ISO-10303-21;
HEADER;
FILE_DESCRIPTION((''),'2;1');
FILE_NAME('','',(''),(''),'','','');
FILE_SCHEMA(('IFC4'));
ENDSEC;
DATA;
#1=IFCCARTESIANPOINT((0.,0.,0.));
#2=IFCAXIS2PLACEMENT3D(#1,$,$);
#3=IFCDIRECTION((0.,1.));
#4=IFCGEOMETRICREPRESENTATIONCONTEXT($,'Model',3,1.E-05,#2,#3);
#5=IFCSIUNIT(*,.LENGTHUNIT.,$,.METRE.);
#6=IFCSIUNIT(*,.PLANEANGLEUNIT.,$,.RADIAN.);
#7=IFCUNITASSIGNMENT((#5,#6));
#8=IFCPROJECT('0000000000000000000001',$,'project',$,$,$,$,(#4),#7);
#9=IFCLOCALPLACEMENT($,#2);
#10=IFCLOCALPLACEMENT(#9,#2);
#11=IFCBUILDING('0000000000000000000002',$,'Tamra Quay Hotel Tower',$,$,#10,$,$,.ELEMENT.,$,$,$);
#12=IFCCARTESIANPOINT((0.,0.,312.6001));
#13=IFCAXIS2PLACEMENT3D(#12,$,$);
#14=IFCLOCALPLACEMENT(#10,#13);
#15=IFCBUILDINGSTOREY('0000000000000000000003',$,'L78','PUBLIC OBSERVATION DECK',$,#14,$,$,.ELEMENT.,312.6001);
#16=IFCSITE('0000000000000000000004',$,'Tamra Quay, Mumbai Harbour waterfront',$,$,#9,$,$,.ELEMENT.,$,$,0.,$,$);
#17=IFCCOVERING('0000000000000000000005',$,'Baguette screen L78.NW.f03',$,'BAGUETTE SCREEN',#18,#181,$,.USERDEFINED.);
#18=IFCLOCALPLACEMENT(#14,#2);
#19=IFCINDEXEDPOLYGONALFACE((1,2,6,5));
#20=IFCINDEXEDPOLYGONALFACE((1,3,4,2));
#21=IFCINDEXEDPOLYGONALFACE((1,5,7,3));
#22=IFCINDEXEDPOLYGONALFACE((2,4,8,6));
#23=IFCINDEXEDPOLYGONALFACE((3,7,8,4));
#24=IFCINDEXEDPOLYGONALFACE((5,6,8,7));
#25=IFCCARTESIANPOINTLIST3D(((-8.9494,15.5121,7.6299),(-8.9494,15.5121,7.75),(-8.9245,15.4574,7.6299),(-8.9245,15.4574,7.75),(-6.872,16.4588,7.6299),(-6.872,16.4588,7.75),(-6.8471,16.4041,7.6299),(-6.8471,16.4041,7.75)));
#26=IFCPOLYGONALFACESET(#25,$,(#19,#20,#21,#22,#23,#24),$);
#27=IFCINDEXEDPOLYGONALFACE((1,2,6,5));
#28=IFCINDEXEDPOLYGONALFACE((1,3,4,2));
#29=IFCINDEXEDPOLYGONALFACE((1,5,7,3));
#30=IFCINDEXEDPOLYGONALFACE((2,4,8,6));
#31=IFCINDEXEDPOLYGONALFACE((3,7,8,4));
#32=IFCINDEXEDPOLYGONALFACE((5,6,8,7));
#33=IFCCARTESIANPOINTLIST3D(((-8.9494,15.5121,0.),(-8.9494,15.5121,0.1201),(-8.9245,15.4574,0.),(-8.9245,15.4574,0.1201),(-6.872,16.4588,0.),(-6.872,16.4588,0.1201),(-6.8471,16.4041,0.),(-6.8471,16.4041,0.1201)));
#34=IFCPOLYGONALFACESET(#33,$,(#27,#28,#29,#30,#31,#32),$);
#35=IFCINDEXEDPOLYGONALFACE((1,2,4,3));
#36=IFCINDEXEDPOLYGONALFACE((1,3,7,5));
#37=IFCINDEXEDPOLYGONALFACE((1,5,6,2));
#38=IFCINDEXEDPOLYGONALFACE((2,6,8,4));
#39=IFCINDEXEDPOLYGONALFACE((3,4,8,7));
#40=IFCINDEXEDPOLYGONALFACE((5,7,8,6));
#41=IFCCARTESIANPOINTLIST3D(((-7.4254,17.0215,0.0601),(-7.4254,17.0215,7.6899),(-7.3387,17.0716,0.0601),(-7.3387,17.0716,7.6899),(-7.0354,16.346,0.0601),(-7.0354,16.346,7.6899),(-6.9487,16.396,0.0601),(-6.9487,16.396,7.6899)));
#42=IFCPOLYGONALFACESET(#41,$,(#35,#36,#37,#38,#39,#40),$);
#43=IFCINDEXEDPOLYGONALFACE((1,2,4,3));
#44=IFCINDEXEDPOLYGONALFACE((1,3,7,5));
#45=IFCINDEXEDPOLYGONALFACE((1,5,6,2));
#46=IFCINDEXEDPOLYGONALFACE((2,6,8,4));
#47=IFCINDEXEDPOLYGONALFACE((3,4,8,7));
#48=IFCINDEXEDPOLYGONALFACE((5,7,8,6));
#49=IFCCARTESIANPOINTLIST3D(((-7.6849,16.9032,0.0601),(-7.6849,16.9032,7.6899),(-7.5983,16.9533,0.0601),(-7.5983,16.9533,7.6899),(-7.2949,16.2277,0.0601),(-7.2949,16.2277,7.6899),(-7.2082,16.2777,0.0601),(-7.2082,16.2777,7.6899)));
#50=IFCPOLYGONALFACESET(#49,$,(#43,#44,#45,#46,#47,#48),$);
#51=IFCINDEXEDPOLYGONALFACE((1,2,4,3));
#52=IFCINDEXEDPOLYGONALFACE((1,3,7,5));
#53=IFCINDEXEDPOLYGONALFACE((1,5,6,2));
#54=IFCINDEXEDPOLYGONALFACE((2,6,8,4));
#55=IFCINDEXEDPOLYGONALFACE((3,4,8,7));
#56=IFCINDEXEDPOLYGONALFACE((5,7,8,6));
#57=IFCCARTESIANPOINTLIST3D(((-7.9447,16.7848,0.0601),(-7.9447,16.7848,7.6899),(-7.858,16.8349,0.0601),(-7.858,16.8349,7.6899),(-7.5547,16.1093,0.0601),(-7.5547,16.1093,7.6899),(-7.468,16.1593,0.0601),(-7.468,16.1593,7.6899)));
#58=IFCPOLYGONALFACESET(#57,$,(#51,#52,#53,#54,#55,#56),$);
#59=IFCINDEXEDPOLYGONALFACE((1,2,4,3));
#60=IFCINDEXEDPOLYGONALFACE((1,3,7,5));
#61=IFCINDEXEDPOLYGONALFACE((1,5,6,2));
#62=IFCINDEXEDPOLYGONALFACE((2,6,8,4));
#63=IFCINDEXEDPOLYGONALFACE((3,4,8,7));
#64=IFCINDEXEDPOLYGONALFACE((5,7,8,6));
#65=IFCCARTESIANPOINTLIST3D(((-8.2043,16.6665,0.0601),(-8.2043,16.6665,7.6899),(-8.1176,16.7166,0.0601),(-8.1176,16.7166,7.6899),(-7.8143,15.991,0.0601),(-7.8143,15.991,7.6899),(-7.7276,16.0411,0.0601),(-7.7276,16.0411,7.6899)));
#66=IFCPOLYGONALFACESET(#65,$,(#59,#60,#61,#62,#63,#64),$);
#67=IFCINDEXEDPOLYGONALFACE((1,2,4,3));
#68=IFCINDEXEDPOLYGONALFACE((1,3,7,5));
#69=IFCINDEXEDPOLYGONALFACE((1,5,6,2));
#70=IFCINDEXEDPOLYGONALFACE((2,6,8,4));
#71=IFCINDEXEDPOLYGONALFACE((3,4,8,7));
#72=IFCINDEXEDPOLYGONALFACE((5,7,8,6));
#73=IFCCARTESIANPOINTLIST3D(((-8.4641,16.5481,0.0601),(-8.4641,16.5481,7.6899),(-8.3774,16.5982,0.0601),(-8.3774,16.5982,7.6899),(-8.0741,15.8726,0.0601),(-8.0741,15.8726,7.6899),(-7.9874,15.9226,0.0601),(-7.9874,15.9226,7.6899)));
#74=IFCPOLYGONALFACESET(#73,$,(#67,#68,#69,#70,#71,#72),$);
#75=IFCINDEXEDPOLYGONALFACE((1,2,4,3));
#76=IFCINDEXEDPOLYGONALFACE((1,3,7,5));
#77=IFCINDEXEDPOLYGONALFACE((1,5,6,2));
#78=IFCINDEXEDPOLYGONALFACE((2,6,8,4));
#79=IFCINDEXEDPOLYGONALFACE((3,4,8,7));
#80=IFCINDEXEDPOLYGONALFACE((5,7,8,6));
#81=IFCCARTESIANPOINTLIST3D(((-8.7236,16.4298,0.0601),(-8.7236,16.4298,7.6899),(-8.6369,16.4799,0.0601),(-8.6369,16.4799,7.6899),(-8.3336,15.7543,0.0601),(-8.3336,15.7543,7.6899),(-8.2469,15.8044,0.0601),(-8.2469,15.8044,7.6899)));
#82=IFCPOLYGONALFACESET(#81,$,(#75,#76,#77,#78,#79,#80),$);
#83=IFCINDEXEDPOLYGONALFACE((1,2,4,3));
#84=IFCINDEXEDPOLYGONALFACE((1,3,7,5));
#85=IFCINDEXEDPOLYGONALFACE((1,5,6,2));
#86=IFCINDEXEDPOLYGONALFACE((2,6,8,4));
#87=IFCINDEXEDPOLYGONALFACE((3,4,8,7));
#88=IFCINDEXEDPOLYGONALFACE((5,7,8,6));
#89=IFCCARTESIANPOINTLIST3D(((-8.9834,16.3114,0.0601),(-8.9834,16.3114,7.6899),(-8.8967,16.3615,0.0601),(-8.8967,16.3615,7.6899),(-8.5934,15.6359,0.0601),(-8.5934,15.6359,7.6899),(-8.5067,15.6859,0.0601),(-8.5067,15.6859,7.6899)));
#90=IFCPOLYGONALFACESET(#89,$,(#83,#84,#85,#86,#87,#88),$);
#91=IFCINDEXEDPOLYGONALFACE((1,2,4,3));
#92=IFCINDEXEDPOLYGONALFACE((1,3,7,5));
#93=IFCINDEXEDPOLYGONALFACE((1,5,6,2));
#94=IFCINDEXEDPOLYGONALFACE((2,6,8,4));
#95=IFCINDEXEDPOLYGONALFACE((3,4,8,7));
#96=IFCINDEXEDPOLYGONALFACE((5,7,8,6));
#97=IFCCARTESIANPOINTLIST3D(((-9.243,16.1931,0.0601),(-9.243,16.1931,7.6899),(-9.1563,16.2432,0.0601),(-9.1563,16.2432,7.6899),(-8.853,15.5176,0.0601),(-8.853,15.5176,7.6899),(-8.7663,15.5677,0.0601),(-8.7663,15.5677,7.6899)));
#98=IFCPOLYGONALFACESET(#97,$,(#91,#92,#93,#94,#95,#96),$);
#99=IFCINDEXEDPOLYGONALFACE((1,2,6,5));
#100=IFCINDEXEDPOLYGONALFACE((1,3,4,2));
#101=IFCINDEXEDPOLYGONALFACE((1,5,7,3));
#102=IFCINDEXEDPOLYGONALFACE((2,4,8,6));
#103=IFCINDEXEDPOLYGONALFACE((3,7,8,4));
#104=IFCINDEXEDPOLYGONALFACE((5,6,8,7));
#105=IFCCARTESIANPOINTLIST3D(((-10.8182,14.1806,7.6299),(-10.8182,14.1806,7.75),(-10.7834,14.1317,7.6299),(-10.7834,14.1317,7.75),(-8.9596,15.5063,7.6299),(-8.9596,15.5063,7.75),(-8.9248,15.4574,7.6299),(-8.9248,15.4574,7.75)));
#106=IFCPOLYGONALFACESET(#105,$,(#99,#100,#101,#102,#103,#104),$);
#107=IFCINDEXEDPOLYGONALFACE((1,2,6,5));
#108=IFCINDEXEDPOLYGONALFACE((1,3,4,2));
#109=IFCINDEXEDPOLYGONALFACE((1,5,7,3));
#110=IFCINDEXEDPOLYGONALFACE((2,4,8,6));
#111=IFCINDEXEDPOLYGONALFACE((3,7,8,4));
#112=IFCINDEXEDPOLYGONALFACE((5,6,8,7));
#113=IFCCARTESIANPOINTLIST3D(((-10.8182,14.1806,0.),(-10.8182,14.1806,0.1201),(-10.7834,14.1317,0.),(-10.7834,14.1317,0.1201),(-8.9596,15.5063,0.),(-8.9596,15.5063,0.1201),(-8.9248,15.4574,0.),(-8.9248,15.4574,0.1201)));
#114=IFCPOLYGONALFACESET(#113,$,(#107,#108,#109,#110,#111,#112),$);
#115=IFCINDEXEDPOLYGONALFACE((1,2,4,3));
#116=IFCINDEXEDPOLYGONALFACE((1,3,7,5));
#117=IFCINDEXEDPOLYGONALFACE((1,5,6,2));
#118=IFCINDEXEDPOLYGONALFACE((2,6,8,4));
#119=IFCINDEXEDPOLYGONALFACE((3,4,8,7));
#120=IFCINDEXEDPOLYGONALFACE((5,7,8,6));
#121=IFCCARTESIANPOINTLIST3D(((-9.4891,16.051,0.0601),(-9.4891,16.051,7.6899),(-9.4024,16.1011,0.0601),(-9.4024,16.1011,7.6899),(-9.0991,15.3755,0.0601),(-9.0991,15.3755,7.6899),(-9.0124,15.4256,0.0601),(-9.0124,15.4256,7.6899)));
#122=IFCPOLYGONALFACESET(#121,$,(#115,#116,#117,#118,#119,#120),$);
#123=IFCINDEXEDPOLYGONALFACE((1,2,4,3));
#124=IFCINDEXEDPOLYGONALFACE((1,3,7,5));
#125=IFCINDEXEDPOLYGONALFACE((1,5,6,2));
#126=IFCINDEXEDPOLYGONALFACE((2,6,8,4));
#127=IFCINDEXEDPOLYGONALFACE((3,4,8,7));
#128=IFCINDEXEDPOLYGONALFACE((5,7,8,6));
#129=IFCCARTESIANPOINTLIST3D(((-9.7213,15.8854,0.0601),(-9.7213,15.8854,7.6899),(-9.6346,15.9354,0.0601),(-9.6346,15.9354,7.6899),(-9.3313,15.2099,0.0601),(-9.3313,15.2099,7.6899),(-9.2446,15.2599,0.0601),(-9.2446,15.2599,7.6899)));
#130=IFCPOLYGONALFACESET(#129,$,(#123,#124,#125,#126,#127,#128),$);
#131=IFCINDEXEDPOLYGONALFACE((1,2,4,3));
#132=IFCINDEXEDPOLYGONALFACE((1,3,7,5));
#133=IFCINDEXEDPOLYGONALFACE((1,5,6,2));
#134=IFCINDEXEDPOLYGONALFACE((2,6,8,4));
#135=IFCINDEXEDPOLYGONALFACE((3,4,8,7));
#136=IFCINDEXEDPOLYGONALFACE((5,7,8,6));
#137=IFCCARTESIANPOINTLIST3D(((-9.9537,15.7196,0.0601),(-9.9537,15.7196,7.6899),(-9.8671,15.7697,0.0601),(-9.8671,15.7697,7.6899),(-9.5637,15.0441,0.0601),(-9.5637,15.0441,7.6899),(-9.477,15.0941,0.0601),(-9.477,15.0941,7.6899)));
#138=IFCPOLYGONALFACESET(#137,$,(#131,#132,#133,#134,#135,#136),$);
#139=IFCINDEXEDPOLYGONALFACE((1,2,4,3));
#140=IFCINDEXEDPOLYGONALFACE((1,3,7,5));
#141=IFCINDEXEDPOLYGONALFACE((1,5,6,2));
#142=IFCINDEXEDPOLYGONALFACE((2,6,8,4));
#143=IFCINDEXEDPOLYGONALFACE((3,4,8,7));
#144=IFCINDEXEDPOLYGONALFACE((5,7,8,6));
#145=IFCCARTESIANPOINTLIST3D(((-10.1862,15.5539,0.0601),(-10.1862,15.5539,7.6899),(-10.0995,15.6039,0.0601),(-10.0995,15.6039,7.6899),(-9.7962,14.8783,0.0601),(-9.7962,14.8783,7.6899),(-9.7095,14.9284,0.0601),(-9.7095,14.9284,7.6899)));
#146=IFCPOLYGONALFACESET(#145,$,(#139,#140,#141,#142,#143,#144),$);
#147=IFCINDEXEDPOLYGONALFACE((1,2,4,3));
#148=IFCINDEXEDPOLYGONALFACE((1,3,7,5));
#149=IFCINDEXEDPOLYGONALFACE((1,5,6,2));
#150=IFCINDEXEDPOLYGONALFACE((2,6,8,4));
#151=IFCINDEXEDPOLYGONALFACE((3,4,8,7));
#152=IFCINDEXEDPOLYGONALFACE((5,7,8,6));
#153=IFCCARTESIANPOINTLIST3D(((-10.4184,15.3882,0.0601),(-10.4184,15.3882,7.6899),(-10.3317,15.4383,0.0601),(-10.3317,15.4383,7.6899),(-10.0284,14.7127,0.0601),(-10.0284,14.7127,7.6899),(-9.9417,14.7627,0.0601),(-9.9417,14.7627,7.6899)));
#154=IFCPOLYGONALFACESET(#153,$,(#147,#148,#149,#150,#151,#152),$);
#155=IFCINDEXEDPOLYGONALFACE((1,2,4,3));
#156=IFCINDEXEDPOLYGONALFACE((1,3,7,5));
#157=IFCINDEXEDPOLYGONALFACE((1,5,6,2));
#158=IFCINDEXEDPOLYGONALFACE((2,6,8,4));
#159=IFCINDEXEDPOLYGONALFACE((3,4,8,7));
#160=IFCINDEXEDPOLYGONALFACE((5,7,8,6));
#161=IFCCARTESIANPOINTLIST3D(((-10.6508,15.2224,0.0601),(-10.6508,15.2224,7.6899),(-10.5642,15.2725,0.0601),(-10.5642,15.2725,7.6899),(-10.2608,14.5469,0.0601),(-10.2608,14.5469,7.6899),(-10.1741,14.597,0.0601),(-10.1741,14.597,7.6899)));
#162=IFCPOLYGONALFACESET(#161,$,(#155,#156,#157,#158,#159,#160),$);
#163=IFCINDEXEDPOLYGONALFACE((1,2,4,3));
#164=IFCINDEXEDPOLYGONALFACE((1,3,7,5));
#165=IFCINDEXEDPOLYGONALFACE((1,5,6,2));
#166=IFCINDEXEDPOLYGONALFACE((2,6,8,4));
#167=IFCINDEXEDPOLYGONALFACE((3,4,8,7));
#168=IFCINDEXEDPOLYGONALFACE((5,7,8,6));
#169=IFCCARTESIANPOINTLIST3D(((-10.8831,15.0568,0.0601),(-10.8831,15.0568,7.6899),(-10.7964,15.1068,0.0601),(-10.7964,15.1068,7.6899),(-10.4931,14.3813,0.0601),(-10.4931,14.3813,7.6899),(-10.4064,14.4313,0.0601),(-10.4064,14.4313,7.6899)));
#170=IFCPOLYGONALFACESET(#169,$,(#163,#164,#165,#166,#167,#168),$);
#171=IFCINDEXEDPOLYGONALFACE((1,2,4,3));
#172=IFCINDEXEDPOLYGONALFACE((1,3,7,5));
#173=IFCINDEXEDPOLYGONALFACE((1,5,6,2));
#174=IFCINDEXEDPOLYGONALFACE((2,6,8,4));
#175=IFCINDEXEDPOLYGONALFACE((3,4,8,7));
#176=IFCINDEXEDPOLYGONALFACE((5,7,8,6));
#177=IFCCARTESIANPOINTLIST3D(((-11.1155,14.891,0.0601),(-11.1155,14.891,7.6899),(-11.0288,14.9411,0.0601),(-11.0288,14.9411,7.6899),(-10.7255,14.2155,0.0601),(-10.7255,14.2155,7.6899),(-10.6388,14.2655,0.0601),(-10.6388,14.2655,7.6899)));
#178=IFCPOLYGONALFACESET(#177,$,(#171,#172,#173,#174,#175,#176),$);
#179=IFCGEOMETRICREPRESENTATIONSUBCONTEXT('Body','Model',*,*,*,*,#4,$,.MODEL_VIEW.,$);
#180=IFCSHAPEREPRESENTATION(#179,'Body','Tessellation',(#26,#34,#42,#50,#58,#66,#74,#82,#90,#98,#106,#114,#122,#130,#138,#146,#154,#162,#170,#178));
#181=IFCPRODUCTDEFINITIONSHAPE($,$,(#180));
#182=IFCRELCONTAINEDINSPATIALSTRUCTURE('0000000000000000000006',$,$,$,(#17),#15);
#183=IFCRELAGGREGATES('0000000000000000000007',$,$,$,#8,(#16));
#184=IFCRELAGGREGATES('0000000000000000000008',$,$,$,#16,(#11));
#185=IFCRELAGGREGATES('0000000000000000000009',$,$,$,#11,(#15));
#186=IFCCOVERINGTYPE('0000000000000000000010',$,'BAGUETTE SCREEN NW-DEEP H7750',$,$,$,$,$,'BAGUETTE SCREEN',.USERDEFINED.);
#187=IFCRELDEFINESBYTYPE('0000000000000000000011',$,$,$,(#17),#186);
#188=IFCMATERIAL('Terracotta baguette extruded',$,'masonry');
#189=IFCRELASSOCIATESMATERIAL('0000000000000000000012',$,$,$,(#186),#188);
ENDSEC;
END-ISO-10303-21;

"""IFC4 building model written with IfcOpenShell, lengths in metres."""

from ifc_helpers import new_model, si_unit, direction, frame, frame_2d, origin, place, context, subcontext, project, spatial, rectangle, extrude, source, transform, mapped, material, type_object, element, save


model = new_model("IFC4")

# Units and contexts
model_context = context("Model", 3, precision=1e-05, world=origin(), true_north=direction((0.0, 1.0)))
body_context = subcontext(model_context, "Body", "Model", "MODEL_VIEW")
ifc_project = project(units=[si_unit("LENGTHUNIT", "METRE"), si_unit("PLANEANGLEUNIT", "RADIAN")], contexts=[model_context])

# Site, building, storey
site_placement = place(None, origin())
site = spatial("IfcSite", under=ifc_project, at=site_placement, Name="Tamra Quay, Mumbai Harbour waterfront", CompositionType="ELEMENT", RefElevation=0.0)
building_placement = place(site_placement, origin())
building = spatial("IfcBuilding", under=site, at=building_placement, Name="Tamra Quay Hotel Tower", CompositionType="ELEMENT")
storey_placement = place(building_placement, frame((0.0, 0.0, 312.6001)))
storey = spatial("IfcBuildingStorey", under=building, at=storey_placement, Name="L78", Description="PUBLIC OBSERVATION DECK", CompositionType="ELEMENT", Elevation=312.6001)

# Covering
ifc_material_1 = material(Name="Terracotta baguette extruded", Category="masonry")
covering_type_1 = type_object("IfcCoveringType", Name="BAGUETTE SCREEN NW-DEEP H7750", ElementType="BAGUETTE SCREEN", PredefinedType="USERDEFINED", material=ifc_material_1)
shared_shape_1 = source(origin(), body_context, "Body", "SweptSolid", [
    extrude(rectangle(XDim=2.283, YDim=0.0601, at=frame_2d((1.1416, 0.03))), frame((-2.2783, -0.0576, -0.1201), z_axis=(0.0, 0.0, 1.0), x_axis=(0.995396, -0.095846, 0.0)), (0.0, 0.0, 1.0), 0.1201),
    extrude(rectangle(XDim=2.283, YDim=0.0601, at=frame_2d((1.1416, 0.03))), frame((-2.2783, -0.0576, -7.75), z_axis=(0.0, 0.0, 1.0), x_axis=(0.995396, -0.095846, 0.0)), (0.0, 0.0, 1.0), 0.1201),
    extrude(rectangle(XDim=0.1001, YDim=0.78, at=frame_2d((0.05, 0.3901))), frame((-2.1804, -0.8218, -7.6899)), (0.0, 0.0, 1.0), 7.6299),
    extrude(rectangle(XDim=0.1001, YDim=0.78, at=frame_2d((0.05, 0.3901))), frame((-1.8965, -0.8491, -7.6899)), (0.0, 0.0, 1.0), 7.6299),
    extrude(rectangle(XDim=0.1001, YDim=0.78, at=frame_2d((0.05, 0.3901))), frame((-1.6123, -0.8765, -7.6899)), (0.0, 0.0, 1.0), 7.6299),
    extrude(rectangle(XDim=0.1001, YDim=0.78, at=frame_2d((0.05, 0.3901))), frame((-1.3284, -0.9038, -7.6899)), (0.0, 0.0, 1.0), 7.6299),
    extrude(rectangle(XDim=0.1001, YDim=0.78, at=frame_2d((0.05, 0.3901))), frame((-1.0442, -0.9312, -7.6899)), (0.0, 0.0, 1.0), 7.6299),
    extrude(rectangle(XDim=0.1001, YDim=0.78, at=frame_2d((0.05, 0.3901))), frame((-0.7603, -0.9585, -7.6899)), (0.0, 0.0, 1.0), 7.6299),
    extrude(rectangle(XDim=0.1001, YDim=0.78, at=frame_2d((0.05, 0.3901))), frame((-0.4761, -0.9858, -7.6899)), (0.0, 0.0, 1.0), 7.6299),
    extrude(rectangle(XDim=0.1001, YDim=0.78, at=frame_2d((0.05, 0.3901))), frame((-0.1921, -1.0132, -7.6899)), (0.0, 0.0, 1.0), 7.6299),
    extrude(rectangle(XDim=2.283, YDim=0.0601, at=frame_2d((1.1416, 0.03))), frame((0.0059, -0.2766, -0.1201), z_axis=(0.0, 0.0, 1.0), x_axis=(0.995396, 0.095846, 0.0)), (0.0, 0.0, 1.0), 0.1201),
    extrude(rectangle(XDim=2.283, YDim=0.0601, at=frame_2d((1.1416, 0.03))), frame((0.0059, -0.2766, -7.75), z_axis=(0.0, 0.0, 1.0), x_axis=(0.995396, 0.095846, 0.0)), (0.0, 0.0, 1.0), 0.1201),
    extrude(rectangle(XDim=0.1001, YDim=0.78, at=frame_2d((0.05, 0.3901))), frame((0.092, -1.0132, -7.6899)), (0.0, 0.0, 1.0), 7.6299),
    extrude(rectangle(XDim=0.1001, YDim=0.78, at=frame_2d((0.05, 0.3901))), frame((0.376, -0.9858, -7.6899)), (0.0, 0.0, 1.0), 7.6299),
    extrude(rectangle(XDim=0.1001, YDim=0.78, at=frame_2d((0.05, 0.3901))), frame((0.6602, -0.9585, -7.6899)), (0.0, 0.0, 1.0), 7.6299),
    extrude(rectangle(XDim=0.1001, YDim=0.78, at=frame_2d((0.05, 0.3901))), frame((0.9443, -0.9312, -7.6899)), (0.0, 0.0, 1.0), 7.6299),
    extrude(rectangle(XDim=0.1001, YDim=0.78, at=frame_2d((0.05, 0.3901))), frame((1.2283, -0.9038, -7.6899)), (0.0, 0.0, 1.0), 7.6299),
    extrude(rectangle(XDim=0.1001, YDim=0.78, at=frame_2d((0.05, 0.3901))), frame((1.5125, -0.8765, -7.6899)), (0.0, 0.0, 1.0), 7.6299),
    extrude(rectangle(XDim=0.1001, YDim=0.78, at=frame_2d((0.05, 0.3901))), frame((1.7964, -0.8491, -7.6899)), (0.0, 0.0, 1.0), 7.6299),
    extrude(rectangle(XDim=0.1001, YDim=0.78, at=frame_2d((0.05, 0.3901))), frame((2.0806, -0.8218, -7.6899)), (0.0, 0.0, 1.0), 7.6299),
])
for number, where, z_axis, x_axis, name in (
    (1, (-8.8162, 15.2698, 7.75), (0.0, 0.0, 1.0), (-0.866025, -0.5, 0.0), "Baguette screen L78.NW.f03"),
):
    element("IfcCovering", number, at=place(storey_placement, frame(where, z_axis=z_axis, x_axis=x_axis)), inside=storey, type_object=covering_type_1, Name=name, ObjectType="BAGUETTE SCREEN", PredefinedType="USERDEFINED", context=body_context, shape_type="MappedRepresentation", body=[
        mapped(shared_shape_1, transform((0.0, 0.0, 0.0), scale=1.0)),
    ])

save(model, "model.ifc")
